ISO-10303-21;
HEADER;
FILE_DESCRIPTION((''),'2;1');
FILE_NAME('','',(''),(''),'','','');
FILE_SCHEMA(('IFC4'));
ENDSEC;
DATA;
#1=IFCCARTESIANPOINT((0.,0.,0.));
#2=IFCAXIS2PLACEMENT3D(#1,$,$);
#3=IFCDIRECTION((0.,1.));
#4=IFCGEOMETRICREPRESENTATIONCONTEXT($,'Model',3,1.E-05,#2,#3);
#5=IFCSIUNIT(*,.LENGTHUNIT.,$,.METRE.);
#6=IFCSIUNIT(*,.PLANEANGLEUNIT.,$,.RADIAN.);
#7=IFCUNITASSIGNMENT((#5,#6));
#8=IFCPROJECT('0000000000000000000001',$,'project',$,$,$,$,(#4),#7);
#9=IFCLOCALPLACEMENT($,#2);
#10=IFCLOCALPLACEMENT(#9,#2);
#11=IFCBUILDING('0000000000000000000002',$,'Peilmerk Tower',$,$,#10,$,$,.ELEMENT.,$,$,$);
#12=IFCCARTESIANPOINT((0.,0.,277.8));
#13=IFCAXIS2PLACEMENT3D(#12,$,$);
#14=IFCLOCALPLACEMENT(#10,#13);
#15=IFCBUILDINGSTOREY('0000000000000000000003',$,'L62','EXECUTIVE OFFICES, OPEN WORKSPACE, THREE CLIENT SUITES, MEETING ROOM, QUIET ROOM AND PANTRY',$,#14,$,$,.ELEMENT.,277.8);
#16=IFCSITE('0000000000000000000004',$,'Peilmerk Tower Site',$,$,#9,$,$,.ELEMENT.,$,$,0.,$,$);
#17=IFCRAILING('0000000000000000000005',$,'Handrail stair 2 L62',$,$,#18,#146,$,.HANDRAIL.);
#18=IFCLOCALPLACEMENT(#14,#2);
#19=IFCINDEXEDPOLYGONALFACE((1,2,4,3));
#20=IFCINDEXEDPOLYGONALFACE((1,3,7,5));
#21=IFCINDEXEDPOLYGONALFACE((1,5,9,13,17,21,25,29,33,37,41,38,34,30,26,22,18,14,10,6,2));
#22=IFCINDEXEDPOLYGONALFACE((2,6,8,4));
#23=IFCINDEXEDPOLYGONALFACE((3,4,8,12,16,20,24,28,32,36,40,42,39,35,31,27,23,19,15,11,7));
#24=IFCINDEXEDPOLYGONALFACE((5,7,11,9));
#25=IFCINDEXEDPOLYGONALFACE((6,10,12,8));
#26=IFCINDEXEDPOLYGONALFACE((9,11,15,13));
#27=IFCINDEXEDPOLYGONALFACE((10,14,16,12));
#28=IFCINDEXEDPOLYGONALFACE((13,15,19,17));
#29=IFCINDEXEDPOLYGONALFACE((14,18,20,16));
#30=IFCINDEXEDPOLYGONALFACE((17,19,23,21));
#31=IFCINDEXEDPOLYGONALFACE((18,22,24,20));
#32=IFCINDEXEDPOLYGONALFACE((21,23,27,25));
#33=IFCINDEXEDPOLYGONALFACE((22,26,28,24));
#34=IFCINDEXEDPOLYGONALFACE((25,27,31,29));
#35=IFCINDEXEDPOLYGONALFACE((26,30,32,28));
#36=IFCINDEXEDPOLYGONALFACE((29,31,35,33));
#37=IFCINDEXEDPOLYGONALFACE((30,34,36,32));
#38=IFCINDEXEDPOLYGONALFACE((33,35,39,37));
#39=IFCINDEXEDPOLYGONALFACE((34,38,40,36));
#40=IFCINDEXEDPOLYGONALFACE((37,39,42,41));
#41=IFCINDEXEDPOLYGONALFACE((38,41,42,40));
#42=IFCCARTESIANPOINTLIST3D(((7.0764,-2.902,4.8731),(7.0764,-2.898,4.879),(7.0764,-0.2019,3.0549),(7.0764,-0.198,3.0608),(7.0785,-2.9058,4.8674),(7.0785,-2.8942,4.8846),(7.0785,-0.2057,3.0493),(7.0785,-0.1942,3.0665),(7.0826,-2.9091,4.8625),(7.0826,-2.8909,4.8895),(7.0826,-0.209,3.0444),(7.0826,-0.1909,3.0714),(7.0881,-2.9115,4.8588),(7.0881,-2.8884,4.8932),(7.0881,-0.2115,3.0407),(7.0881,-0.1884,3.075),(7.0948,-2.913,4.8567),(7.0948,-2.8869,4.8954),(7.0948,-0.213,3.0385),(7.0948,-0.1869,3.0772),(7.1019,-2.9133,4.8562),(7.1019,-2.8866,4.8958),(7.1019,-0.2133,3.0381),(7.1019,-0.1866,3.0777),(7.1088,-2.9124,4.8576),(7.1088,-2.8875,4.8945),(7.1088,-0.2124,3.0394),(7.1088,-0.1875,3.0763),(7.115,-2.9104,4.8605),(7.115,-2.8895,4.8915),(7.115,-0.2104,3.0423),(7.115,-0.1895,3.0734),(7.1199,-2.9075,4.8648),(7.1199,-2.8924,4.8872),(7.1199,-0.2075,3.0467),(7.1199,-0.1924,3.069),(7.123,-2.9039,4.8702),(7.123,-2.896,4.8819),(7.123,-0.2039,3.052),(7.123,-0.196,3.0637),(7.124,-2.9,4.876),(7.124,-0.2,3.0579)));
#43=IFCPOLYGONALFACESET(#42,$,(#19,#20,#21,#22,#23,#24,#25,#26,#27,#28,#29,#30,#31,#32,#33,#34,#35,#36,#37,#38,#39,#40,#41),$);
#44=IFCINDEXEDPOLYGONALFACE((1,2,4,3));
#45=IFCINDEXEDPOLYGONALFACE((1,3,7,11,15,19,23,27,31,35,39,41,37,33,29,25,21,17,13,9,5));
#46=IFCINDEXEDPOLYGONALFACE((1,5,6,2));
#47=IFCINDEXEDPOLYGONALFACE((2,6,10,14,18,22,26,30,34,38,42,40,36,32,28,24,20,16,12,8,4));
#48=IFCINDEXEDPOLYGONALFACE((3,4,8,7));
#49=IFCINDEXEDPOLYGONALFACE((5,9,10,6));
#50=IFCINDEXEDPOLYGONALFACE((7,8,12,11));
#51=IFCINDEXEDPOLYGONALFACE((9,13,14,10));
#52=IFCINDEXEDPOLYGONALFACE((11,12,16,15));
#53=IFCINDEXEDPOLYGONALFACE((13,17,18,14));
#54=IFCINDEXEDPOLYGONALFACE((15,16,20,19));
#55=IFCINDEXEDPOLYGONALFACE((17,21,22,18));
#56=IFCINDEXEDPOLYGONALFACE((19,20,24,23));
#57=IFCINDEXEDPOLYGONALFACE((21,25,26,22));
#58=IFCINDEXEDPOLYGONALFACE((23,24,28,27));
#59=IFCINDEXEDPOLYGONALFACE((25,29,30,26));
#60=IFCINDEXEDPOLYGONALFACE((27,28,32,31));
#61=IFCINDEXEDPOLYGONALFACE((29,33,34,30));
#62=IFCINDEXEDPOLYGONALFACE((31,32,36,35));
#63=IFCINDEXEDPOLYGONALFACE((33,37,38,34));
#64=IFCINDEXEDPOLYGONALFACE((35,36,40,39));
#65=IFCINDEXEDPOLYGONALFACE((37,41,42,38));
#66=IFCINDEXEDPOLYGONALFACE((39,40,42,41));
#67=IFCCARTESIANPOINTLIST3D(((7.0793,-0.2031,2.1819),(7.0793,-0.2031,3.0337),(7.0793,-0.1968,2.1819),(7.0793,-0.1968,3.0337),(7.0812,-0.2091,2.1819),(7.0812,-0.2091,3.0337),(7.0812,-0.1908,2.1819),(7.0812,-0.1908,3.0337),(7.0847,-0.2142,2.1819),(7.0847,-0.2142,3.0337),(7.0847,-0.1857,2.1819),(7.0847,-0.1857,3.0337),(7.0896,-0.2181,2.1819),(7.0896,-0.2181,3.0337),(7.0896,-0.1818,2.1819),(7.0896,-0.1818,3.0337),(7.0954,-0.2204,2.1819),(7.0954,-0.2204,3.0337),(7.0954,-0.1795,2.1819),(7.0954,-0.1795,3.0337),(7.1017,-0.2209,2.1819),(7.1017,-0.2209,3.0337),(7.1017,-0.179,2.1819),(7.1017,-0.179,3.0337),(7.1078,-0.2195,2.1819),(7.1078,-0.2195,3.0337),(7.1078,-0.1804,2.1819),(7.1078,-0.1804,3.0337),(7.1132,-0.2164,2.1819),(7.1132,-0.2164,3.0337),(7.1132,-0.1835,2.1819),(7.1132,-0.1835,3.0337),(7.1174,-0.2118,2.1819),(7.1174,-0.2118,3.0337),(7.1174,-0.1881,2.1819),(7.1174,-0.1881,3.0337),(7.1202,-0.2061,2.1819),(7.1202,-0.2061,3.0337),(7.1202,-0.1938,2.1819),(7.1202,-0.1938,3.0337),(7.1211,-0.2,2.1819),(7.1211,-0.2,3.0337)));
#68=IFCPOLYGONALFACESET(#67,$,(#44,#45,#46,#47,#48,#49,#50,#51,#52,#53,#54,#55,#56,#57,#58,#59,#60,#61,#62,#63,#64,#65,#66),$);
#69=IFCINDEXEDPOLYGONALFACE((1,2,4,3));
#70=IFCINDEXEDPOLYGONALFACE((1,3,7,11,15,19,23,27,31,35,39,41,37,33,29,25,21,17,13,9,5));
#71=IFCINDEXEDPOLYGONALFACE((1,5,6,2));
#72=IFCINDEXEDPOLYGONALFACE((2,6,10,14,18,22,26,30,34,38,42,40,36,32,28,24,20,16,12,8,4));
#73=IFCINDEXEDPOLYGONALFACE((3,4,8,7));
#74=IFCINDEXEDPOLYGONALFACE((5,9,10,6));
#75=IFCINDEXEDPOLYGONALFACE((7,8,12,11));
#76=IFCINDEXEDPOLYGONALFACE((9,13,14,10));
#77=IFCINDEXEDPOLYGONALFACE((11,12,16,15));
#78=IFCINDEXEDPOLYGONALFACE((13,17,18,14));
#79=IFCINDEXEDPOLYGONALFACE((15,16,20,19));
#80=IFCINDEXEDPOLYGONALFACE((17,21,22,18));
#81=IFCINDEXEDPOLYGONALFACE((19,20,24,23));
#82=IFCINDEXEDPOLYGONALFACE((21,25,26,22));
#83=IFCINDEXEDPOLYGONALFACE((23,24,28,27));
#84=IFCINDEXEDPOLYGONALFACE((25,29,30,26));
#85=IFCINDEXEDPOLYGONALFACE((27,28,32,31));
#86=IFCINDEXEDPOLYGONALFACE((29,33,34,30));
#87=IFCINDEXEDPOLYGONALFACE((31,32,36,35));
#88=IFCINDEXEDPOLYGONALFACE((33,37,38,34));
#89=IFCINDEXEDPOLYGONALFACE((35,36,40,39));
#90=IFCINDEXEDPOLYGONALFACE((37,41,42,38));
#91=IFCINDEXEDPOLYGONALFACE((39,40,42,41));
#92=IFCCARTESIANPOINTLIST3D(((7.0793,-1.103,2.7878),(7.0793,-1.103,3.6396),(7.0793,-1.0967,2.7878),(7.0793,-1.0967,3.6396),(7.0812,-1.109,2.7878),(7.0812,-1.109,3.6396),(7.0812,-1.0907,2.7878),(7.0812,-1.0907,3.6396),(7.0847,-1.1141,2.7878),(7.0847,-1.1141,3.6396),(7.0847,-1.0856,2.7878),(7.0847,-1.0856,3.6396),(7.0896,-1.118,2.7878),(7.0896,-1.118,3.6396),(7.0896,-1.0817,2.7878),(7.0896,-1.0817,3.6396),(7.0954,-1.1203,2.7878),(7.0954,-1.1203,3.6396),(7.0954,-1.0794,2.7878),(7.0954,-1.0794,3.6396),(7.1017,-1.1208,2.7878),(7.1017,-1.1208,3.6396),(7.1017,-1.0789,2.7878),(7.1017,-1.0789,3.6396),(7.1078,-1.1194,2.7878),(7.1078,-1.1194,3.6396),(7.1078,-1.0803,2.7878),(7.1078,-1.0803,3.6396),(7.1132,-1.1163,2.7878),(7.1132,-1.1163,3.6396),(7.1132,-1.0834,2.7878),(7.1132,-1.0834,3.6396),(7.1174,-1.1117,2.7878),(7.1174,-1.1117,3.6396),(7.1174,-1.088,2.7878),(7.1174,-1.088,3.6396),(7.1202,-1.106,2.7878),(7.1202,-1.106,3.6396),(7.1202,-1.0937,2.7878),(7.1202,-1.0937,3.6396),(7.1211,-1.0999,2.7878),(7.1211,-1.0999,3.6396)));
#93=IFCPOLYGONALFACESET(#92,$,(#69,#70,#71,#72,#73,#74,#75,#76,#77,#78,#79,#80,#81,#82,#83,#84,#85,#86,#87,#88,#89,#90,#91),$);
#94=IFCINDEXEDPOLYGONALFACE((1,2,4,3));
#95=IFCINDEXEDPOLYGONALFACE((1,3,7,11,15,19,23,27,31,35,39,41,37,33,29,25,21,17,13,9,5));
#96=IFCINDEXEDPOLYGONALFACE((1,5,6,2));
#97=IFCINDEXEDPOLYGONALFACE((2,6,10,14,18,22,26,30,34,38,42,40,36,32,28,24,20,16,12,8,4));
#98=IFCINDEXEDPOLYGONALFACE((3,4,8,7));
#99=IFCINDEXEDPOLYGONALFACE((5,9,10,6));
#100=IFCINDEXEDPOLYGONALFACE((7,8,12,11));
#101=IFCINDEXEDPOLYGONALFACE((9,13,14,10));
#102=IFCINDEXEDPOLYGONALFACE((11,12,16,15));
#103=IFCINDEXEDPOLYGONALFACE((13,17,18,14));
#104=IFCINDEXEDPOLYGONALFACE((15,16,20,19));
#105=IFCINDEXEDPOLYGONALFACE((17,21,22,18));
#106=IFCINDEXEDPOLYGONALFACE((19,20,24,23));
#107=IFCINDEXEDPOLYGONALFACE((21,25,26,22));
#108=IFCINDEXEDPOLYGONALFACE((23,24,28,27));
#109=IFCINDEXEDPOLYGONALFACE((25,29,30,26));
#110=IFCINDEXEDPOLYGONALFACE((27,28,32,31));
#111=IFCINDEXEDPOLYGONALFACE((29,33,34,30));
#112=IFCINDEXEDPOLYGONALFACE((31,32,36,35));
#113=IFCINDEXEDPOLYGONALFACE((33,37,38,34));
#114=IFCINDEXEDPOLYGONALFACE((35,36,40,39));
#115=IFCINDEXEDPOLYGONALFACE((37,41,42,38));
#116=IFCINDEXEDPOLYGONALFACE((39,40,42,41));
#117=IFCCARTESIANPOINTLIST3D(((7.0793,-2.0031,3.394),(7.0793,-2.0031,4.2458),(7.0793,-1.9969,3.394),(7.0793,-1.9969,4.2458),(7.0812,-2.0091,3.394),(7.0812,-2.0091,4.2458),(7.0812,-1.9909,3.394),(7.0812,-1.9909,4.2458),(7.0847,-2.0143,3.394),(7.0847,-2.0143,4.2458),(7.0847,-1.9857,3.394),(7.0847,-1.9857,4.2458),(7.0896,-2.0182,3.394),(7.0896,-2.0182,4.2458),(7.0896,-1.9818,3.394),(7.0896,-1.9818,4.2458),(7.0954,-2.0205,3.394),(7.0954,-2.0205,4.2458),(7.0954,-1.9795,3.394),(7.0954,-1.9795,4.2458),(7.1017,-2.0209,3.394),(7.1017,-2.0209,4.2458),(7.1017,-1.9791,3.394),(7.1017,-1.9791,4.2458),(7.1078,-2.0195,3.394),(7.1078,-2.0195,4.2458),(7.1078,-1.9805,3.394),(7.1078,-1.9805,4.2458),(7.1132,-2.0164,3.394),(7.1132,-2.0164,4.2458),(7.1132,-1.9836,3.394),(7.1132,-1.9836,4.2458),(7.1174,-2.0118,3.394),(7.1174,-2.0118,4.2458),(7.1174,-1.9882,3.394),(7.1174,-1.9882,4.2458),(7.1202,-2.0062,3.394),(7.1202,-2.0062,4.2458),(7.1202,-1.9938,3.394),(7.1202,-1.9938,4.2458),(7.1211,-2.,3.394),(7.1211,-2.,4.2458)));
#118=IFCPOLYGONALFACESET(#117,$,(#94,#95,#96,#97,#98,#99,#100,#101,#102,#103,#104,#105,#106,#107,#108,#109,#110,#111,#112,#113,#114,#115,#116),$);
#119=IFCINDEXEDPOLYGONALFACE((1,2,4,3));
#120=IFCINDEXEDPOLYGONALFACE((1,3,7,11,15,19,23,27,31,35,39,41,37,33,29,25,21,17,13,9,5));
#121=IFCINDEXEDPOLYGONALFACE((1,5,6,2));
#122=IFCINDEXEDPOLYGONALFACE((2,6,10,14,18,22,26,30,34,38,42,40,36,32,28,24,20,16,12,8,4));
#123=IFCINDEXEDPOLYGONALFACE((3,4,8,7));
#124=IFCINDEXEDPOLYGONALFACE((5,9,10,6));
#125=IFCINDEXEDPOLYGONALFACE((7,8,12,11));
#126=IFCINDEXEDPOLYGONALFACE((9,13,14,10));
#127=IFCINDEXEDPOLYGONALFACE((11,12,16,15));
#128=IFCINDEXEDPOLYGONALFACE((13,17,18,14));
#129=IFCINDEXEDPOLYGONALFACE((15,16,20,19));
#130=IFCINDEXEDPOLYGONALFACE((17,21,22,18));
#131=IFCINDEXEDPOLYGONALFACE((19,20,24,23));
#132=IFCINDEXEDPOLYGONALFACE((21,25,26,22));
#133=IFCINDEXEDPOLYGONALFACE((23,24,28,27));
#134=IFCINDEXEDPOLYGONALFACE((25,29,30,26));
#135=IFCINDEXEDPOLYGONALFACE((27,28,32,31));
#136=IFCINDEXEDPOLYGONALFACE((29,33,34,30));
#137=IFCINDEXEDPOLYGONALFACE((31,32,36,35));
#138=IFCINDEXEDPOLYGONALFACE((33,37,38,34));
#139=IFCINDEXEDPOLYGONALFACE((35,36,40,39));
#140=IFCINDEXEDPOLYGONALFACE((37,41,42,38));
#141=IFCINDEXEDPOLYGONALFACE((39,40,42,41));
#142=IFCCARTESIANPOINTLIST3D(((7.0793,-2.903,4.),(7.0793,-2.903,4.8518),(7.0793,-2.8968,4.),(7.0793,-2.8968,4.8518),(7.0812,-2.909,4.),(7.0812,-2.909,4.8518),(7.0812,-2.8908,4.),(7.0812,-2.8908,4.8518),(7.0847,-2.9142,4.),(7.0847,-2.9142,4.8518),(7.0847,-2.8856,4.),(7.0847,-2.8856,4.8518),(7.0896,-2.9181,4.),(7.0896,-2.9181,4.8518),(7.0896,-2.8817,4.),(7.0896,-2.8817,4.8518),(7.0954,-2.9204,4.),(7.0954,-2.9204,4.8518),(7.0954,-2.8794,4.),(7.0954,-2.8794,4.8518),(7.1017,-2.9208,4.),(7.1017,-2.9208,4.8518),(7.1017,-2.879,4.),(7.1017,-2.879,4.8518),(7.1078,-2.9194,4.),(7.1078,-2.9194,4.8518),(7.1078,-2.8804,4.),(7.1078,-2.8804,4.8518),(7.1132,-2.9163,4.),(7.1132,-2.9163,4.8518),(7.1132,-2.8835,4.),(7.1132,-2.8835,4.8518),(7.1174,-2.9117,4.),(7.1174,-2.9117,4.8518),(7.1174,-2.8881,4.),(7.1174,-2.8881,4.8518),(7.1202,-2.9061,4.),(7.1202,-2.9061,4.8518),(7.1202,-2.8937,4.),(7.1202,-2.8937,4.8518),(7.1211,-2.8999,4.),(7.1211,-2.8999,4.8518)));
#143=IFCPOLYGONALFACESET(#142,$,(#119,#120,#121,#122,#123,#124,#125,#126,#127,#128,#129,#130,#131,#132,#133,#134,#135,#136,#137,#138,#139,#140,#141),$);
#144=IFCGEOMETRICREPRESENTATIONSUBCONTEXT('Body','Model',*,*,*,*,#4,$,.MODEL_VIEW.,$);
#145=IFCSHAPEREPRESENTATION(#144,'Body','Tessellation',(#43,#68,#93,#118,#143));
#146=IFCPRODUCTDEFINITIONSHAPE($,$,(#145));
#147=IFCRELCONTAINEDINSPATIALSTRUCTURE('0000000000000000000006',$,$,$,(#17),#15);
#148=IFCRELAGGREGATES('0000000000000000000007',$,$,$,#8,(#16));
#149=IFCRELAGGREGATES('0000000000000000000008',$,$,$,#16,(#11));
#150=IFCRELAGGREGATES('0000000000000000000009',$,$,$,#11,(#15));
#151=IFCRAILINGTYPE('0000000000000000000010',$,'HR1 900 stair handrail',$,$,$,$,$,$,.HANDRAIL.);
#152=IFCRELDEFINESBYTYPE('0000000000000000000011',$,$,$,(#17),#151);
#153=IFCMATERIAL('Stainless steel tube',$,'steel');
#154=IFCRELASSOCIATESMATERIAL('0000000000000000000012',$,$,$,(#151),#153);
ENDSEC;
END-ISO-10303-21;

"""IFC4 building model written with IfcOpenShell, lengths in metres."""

from ifc_helpers import new_model, si_unit, direction, frame, origin, origin_2d, place, context, subcontext, project, spatial, circle, extrude, material, type_object, element, save


model = new_model("IFC4")

# Units and contexts
model_context = context("Model", 3, precision=1e-05, world=origin(), true_north=direction((0.0, 1.0)))
body_context = subcontext(model_context, "Body", "Model", "MODEL_VIEW")
ifc_project = project(units=[si_unit("LENGTHUNIT", "METRE"), si_unit("PLANEANGLEUNIT", "RADIAN")], contexts=[model_context])

# Site, building, storey
site_placement = place(None, origin())
site = spatial("IfcSite", under=ifc_project, at=site_placement, Name="Peilmerk Tower Site", CompositionType="ELEMENT", RefElevation=0.0)
building_placement = place(site_placement, origin())
building = spatial("IfcBuilding", under=site, at=building_placement, Name="Peilmerk Tower", CompositionType="ELEMENT")
storey_placement = place(building_placement, frame((0.0, 0.0, 277.8)))
storey = spatial("IfcBuildingStorey", under=building, at=storey_placement, Name="L62", Description="EXECUTIVE OFFICES, OPEN WORKSPACE, THREE CLIENT SUITES, MEETING ROOM, QUIET ROOM AND PANTRY", CompositionType="ELEMENT", Elevation=277.8)

# Railing
ifc_material_1 = material(Name="Stainless steel tube", Category="steel")
railing_type_1 = type_object("IfcRailingType", Name="HR1 900 stair handrail", PredefinedType="HANDRAIL", material=ifc_material_1)
railing_1_placement = place(storey_placement, frame((7.1001, -0.2, 2.1819)))
element("IfcRailing", 1, at=railing_1_placement, inside=storey, type_object=railing_type_1, Name="Handrail stair 2 L62", PredefinedType="HANDRAIL", context=body_context, shape_type="SweptSolid", body=[
    extrude(circle(Radius=0.0239, at=origin_2d()), frame((0.0, 0.0, 0.876), z_axis=(0.0, -0.829468, 0.558554), x_axis=(1.0, 0.0, 0.0)), (0.0, 0.0, 1.0), 3.2551),
    extrude(circle(Radius=0.021, at=origin_2d()), origin(), (0.0, 0.0, 1.0), 0.8518),
    extrude(circle(Radius=0.021, at=origin_2d()), frame((0.0, -0.8999, 0.606)), (0.0, 0.0, 1.0), 0.8518),
    extrude(circle(Radius=0.021, at=origin_2d()), frame((0.0, -1.8, 1.2122)), (0.0, 0.0, 1.0), 0.8518),
    extrude(circle(Radius=0.021, at=origin_2d()), frame((0.0, -2.7, 1.8181)), (0.0, 0.0, 1.0), 0.8518),
])

save(model, "model.ifc")
